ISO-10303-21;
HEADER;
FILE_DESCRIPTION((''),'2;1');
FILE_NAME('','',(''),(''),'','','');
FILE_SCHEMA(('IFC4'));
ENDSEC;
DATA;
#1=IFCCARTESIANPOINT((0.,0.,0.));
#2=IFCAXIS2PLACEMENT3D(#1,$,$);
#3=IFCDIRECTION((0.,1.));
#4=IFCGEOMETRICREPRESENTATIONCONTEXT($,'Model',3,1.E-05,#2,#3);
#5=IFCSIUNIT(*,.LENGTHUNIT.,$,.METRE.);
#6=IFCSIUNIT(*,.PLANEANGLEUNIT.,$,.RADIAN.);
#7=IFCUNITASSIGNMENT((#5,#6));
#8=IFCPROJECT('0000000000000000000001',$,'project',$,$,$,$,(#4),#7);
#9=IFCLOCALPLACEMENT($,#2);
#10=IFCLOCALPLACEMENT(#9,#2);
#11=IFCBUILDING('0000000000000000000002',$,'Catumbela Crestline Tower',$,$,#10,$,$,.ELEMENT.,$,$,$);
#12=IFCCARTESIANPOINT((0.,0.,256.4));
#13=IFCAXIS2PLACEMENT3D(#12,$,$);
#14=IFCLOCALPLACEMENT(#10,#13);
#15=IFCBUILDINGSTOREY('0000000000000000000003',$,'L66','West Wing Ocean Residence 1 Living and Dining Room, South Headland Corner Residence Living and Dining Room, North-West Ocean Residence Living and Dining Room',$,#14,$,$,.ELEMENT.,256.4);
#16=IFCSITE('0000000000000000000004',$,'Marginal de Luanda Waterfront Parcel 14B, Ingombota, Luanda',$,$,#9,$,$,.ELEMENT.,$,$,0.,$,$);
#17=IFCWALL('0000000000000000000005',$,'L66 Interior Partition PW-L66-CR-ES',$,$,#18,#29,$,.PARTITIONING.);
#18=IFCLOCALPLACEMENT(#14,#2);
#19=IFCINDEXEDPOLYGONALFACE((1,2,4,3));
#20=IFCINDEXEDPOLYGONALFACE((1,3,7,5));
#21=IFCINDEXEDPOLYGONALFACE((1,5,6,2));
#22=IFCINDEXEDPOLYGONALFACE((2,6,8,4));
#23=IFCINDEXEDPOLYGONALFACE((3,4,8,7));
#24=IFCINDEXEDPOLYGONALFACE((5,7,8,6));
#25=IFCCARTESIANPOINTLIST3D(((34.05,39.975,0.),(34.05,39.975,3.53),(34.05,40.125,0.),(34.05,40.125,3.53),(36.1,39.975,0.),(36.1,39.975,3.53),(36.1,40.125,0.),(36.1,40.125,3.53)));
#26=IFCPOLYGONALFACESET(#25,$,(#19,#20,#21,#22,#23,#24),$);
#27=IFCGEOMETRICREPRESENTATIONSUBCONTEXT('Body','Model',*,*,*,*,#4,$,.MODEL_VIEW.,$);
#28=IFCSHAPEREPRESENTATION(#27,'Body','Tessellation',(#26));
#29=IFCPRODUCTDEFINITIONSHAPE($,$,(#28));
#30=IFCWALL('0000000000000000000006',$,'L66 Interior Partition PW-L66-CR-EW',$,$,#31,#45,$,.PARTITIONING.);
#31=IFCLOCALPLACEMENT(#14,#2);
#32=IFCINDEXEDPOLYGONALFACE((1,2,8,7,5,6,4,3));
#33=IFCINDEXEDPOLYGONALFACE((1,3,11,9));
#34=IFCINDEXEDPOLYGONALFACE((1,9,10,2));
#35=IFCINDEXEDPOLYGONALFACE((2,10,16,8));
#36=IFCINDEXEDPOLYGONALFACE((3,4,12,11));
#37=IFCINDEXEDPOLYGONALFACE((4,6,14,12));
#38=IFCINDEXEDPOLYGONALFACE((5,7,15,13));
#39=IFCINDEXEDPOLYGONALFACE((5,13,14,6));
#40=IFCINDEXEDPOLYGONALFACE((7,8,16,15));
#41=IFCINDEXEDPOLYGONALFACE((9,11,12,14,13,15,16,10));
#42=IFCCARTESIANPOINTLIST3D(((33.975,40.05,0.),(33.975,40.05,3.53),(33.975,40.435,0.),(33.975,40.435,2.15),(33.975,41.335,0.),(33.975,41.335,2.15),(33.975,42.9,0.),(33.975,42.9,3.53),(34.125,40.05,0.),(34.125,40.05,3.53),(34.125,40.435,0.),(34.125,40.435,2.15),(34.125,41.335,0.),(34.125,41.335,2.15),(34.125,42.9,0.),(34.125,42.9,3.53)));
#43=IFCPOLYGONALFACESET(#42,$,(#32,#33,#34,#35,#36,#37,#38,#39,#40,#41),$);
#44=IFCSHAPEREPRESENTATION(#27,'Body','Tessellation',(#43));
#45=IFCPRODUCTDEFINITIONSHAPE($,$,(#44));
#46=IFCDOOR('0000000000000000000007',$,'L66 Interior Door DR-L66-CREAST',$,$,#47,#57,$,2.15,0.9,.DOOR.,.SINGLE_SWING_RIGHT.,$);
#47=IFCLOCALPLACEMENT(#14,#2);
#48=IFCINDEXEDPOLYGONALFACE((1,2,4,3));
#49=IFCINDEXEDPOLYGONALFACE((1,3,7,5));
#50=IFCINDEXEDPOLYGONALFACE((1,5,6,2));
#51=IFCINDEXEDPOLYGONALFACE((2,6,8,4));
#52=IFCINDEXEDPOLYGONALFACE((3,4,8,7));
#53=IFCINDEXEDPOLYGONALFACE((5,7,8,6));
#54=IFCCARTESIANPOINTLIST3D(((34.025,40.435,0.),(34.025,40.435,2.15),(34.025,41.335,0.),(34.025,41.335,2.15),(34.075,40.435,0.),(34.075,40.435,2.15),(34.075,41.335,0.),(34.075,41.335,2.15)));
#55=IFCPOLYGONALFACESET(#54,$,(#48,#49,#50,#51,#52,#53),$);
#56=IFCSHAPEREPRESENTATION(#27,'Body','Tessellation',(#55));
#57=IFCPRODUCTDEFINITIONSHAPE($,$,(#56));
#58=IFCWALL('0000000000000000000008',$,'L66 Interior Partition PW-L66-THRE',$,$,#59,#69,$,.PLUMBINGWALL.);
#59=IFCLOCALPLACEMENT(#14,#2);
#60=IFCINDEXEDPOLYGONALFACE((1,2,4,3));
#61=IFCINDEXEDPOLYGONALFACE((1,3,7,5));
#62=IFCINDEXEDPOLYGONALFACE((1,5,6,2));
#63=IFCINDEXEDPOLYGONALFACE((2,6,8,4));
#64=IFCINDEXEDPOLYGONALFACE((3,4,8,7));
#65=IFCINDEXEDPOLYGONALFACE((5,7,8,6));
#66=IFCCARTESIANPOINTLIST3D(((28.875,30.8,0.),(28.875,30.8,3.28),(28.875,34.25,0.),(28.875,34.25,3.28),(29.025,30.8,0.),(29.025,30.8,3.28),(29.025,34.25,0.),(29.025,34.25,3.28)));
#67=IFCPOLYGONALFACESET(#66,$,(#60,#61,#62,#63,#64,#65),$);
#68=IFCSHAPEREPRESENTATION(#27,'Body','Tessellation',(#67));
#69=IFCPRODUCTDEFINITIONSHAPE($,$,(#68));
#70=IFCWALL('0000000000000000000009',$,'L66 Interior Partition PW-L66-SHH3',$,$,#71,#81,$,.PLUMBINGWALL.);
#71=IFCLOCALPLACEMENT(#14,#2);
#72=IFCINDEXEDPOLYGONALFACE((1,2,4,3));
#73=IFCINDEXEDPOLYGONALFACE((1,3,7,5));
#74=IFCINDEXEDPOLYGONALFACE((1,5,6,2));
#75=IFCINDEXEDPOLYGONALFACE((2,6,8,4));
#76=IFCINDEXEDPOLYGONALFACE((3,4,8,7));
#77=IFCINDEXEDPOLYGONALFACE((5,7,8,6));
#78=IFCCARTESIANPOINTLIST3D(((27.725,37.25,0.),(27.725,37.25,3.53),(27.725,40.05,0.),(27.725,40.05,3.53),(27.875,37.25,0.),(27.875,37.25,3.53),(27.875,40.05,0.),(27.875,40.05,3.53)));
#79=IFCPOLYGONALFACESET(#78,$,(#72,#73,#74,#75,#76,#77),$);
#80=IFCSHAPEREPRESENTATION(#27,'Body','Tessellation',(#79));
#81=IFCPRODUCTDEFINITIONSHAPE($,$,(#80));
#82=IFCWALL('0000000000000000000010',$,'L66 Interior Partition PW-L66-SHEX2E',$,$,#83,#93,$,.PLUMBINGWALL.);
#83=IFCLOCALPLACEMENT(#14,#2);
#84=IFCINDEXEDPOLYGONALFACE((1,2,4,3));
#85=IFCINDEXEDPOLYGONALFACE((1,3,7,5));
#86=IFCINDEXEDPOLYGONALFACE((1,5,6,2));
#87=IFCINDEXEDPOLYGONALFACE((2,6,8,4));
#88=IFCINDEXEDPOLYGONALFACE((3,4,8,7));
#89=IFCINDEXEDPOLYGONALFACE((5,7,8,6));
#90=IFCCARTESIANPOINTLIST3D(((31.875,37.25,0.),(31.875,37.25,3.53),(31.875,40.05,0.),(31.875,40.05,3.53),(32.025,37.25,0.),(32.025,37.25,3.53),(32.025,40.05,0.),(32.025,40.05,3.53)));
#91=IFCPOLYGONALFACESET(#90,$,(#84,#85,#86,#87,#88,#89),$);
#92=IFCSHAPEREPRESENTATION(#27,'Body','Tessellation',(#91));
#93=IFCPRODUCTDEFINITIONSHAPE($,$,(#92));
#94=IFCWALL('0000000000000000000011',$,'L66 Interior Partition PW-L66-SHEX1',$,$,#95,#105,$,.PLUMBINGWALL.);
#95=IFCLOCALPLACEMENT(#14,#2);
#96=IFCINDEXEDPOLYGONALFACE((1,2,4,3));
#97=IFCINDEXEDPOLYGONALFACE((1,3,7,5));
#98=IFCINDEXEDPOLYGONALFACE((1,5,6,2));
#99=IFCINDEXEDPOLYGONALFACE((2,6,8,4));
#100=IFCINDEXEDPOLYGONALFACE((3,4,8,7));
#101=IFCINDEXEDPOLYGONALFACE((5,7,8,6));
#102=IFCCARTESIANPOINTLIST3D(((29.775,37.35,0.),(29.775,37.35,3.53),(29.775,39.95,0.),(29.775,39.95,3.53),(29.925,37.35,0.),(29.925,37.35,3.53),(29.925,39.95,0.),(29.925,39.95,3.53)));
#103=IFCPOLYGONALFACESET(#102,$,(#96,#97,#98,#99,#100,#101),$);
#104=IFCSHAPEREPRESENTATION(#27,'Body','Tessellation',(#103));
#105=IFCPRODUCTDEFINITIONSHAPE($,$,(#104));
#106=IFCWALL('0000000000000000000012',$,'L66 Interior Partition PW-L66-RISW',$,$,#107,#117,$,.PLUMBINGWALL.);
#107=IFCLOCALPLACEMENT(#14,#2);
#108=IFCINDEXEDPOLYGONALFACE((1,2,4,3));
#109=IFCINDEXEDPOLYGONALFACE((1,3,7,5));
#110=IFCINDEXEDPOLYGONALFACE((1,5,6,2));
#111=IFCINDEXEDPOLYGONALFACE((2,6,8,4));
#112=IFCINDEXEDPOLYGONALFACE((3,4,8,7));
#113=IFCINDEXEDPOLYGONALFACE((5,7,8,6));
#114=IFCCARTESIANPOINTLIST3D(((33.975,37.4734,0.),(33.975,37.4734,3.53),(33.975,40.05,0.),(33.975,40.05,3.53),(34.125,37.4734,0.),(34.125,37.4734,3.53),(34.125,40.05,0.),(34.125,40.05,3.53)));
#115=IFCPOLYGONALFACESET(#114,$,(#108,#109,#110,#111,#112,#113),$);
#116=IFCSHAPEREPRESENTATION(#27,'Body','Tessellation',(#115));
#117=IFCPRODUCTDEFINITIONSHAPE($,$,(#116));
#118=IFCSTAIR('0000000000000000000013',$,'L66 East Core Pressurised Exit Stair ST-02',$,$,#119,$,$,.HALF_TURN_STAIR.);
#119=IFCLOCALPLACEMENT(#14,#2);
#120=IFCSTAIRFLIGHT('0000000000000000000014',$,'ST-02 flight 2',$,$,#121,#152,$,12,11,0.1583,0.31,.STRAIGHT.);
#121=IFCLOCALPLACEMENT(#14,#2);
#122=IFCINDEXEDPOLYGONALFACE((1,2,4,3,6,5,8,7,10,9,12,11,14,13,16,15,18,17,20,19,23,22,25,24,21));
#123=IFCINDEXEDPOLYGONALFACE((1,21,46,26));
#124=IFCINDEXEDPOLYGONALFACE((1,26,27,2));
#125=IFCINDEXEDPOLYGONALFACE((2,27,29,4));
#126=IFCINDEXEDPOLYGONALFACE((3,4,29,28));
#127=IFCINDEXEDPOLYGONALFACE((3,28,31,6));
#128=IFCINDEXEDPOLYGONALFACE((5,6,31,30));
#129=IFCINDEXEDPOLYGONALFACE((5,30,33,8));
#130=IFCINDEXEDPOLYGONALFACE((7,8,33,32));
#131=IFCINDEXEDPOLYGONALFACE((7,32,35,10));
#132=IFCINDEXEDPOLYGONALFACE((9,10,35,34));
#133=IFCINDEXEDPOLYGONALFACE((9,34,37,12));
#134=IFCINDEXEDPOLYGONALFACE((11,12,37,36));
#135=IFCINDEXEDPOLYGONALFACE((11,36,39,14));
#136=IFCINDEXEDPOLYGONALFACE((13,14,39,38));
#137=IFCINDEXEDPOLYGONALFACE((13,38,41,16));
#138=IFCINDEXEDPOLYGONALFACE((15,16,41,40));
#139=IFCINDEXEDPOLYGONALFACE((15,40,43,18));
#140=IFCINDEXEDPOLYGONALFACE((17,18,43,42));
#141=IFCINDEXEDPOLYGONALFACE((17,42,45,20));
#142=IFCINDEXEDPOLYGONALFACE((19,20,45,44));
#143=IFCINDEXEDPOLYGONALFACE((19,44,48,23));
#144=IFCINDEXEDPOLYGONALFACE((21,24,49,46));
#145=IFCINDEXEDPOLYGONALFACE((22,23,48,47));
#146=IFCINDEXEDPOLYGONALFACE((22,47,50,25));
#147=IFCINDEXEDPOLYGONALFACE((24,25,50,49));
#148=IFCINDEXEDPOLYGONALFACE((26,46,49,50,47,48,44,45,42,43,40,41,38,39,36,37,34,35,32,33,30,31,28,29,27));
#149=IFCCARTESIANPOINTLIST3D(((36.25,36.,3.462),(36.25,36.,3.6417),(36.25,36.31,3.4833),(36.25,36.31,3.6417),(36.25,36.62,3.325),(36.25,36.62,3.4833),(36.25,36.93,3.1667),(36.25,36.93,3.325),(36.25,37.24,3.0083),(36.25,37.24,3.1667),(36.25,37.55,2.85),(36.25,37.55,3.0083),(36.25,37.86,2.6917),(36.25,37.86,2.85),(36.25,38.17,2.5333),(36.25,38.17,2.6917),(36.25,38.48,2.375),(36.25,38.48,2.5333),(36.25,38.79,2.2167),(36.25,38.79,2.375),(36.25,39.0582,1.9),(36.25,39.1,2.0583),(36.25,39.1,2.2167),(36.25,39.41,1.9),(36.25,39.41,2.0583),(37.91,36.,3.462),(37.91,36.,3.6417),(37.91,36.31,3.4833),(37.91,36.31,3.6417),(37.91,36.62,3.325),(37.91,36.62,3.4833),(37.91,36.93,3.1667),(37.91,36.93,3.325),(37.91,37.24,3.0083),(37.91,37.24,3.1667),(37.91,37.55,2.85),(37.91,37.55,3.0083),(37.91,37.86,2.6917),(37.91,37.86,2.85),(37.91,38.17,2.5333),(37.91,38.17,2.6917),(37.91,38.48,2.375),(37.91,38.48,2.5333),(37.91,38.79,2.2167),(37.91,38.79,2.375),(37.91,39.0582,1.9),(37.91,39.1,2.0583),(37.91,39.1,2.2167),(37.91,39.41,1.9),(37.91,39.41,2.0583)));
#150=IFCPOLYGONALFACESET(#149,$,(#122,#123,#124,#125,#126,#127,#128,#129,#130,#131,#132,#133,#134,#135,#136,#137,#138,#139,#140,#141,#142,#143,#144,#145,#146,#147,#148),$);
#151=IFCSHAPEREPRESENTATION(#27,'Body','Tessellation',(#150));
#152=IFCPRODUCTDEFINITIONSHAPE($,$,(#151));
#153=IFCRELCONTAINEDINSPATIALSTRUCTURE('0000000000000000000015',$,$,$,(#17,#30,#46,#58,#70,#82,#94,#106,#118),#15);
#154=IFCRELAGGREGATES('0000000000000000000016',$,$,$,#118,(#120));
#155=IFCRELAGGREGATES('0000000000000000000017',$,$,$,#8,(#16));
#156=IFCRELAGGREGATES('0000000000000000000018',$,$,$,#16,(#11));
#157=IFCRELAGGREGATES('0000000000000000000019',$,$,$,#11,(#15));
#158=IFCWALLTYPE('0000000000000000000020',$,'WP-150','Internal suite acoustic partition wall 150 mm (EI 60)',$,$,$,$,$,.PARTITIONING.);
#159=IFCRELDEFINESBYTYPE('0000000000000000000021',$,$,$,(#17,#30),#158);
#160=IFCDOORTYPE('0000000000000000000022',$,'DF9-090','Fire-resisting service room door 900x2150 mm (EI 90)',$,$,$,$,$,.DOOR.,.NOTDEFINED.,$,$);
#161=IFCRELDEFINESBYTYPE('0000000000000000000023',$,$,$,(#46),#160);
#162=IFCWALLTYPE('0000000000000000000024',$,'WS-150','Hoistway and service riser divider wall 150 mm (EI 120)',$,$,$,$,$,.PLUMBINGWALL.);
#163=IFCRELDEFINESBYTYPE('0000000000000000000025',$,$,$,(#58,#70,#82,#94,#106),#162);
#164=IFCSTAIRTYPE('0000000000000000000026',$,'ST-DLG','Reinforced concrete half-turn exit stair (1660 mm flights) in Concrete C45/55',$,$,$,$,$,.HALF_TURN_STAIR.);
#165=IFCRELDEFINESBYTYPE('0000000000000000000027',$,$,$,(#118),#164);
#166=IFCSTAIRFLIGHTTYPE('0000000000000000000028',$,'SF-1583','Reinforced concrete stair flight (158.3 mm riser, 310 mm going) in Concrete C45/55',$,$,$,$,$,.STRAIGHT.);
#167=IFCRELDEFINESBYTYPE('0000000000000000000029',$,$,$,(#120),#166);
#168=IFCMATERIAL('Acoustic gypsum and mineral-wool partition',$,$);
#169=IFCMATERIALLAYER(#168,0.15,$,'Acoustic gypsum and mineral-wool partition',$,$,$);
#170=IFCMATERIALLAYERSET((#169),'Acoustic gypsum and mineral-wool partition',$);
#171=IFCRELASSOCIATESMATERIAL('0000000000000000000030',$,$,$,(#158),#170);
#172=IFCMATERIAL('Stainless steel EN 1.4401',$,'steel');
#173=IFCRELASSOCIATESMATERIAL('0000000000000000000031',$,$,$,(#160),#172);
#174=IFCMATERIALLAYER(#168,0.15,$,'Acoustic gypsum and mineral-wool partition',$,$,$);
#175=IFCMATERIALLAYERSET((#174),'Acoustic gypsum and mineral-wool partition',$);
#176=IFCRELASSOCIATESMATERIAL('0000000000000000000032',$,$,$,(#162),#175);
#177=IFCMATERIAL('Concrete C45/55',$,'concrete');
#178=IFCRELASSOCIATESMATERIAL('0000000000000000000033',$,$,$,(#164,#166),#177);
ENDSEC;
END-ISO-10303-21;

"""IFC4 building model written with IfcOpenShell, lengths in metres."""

from ifc_helpers import new_model, si_unit, direction, frame, frame_2d, origin, place, context, subcontext, project, spatial, polyline, rectangle, outline, extrude, material, layer, layer_set, type_object, element, fill, aggregate, save


model = new_model("IFC4")

# Units and contexts
model_context = context("Model", 3, precision=1e-05, world=origin(), true_north=direction((0.0, 1.0)))
body_context = subcontext(model_context, "Body", "Model", "MODEL_VIEW")
ifc_project = project(units=[si_unit("LENGTHUNIT", "METRE"), si_unit("PLANEANGLEUNIT", "RADIAN")], contexts=[model_context])

# Site, building, storey
site_placement = place(None, origin())
site = spatial("IfcSite", under=ifc_project, at=site_placement, Name="Marginal de Luanda Waterfront Parcel 14B, Ingombota, Luanda", CompositionType="ELEMENT", RefElevation=0.0)
building_placement = place(site_placement, origin())
building = spatial("IfcBuilding", under=site, at=building_placement, Name="Catumbela Crestline Tower", CompositionType="ELEMENT")
storey_placement = place(building_placement, frame((0.0, 0.0, 256.4)))
storey = spatial("IfcBuildingStorey", under=building, at=storey_placement, Name="L66", Description="West Wing Ocean Residence 1 Living and Dining Room, South Headland Corner Residence Living and Dining Room, North-West Ocean Residence Living and Dining Room", CompositionType="ELEMENT", Elevation=256.4)

# Shared definitions
ifc_material_1 = material(Name="Stainless steel EN 1.4401", Category="steel")

# Shared definitions
ifc_material_2 = material(Name="Concrete C45/55", Category="concrete")
ifc_material_3 = material(Name="Acoustic gypsum and mineral-wool partition")

# Wall
ifc_layer_1 = layer(ifc_material_3, 0.15, Name="Acoustic gypsum and mineral-wool partition")
ifc_layer_set_1 = layer_set([ifc_layer_1], Name="Acoustic gypsum and mineral-wool partition")
wall_type_1 = type_object("IfcWallType", Name="WP-150", Description="Internal suite acoustic partition wall 150 mm (EI 60)", PredefinedType="PARTITIONING", material=ifc_layer_set_1)
wall_1_placement = place(storey_placement, frame((34.05, 40.05, 0.0), z_axis=(0.0, 0.0, 1.0), x_axis=(1.0, 0.0, 0.0)))
element("IfcWall", 1, at=wall_1_placement, inside=storey, type_object=wall_type_1, Name="L66 Interior Partition PW-L66-CR-ES", PredefinedType="PARTITIONING", context=body_context, shape_type="SweptSolid", body=[
    extrude(rectangle(XDim=2.05, YDim=0.15, at=frame_2d((1.025, 0.0))), origin(), (0.0, 0.0, 1.0), 3.53),
])

# Wall, opening, door
wall_2_placement = place(storey_placement, frame((34.05, 40.05, 0.0), z_axis=(0.0, 0.0, 1.0), x_axis=(0.0, 1.0, 0.0)))
wall_2 = element("IfcWall", 2, at=wall_2_placement, inside=storey, type_object=wall_type_1, Name="L66 Interior Partition PW-L66-CR-EW", PredefinedType="PARTITIONING", context=body_context, shape_type="SweptSolid", body=[
    extrude(rectangle(XDim=2.85, YDim=0.15, at=frame_2d((1.425, 0.0))), origin(), (0.0, 0.0, 1.0), 3.53),
])
opening_1_placement = place(wall_2_placement, frame((0.385, 0.0, 0.0)))
opening_1 = element("IfcOpeningElement", 3, at=opening_1_placement, cuts=wall_2, PredefinedType="OPENING", context=body_context, shape_type="SweptSolid", body=[
    extrude(rectangle(XDim=0.9, YDim=2.15, at=frame_2d((0.45, 1.075))), frame((0.0, 0.085, 0.0), z_axis=(0.0, -1.0, 0.0), x_axis=(1.0, 0.0, 0.0)), (0.0, 0.0, 1.0), 0.17),
])
door_type_1 = type_object("IfcDoorType", Name="DF9-090", Description="Fire-resisting service room door 900x2150 mm (EI 90)", OperationType="NOTDEFINED", PredefinedType="DOOR", material=ifc_material_1)
door_1_placement = place(opening_1_placement, origin())
door_1 = element("IfcDoor", 4, at=door_1_placement, inside=storey, type_object=door_type_1, Name="L66 Interior Door DR-L66-CREAST", OperationType="SINGLE_SWING_RIGHT", OverallHeight=2.15, OverallWidth=0.9, PredefinedType="DOOR", context=body_context, shape_type="SweptSolid", body=[
    extrude(rectangle(XDim=0.9, YDim=2.15, at=frame_2d((0.45, 1.075))), frame((0.0, 0.025, 0.0), z_axis=(0.0, -1.0, 0.0), x_axis=(1.0, 0.0, 0.0)), (0.0, 0.0, 1.0), 0.05),
])
fill(opening_1, door_1)

# Walls
ifc_layer_2 = layer(ifc_material_3, 0.15, Name="Acoustic gypsum and mineral-wool partition")
ifc_layer_set_2 = layer_set([ifc_layer_2], Name="Acoustic gypsum and mineral-wool partition")
wall_type_2 = type_object("IfcWallType", Name="WS-150", Description="Hoistway and service riser divider wall 150 mm (EI 120)", PredefinedType="PLUMBINGWALL", material=ifc_layer_set_2)
wall_3_placement = place(storey_placement, frame((28.95, 30.8, 0.0), z_axis=(0.0, 0.0, 1.0), x_axis=(0.0, 1.0, 0.0)))
element("IfcWall", 5, at=wall_3_placement, inside=storey, type_object=wall_type_2, Name="L66 Interior Partition PW-L66-THRE", PredefinedType="PLUMBINGWALL", context=body_context, shape_type="SweptSolid", body=[
    extrude(rectangle(XDim=3.45, YDim=0.15, at=frame_2d((1.725, 0.0))), origin(), (0.0, 0.0, 1.0), 3.28),
])
for number, where, z_axis, x_axis, name in (
    (6, (27.8, 37.25, 0.0), (0.0, 0.0, 1.0), (0.0, 1.0, 0.0), "L66 Interior Partition PW-L66-SHH3"),
    (7, (31.95, 37.25, 0.0), (0.0, 0.0, 1.0), (0.0, 1.0, 0.0), "L66 Interior Partition PW-L66-SHEX2E"),
):
    element("IfcWall", number, at=place(storey_placement, frame(where, z_axis=z_axis, x_axis=x_axis)), inside=storey, type_object=wall_type_2, Name=name, PredefinedType="PLUMBINGWALL", context=body_context, shape_type="SweptSolid", body=[
        extrude(rectangle(XDim=2.8, YDim=0.15, at=frame_2d((1.4, 0.0))), origin(), (0.0, 0.0, 1.0), 3.53),
    ])
wall_4_placement = place(storey_placement, frame((29.85, 37.35, 0.0), z_axis=(0.0, 0.0, 1.0), x_axis=(0.0, 1.0, 0.0)))
element("IfcWall", 8, at=wall_4_placement, inside=storey, type_object=wall_type_2, Name="L66 Interior Partition PW-L66-SHEX1", PredefinedType="PLUMBINGWALL", context=body_context, shape_type="SweptSolid", body=[
    extrude(rectangle(XDim=2.6, YDim=0.15, at=frame_2d((1.3, 0.0))), origin(), (0.0, 0.0, 1.0), 3.53),
])
wall_5_placement = place(storey_placement, frame((34.05, 37.4734, 0.0), z_axis=(0.0, 0.0, 1.0), x_axis=(0.0, 1.0, 0.0)))
element("IfcWall", 9, at=wall_5_placement, inside=storey, type_object=wall_type_2, Name="L66 Interior Partition PW-L66-RISW", PredefinedType="PLUMBINGWALL", context=body_context, shape_type="SweptSolid", body=[
    extrude(rectangle(XDim=2.5766, YDim=0.15, at=frame_2d((1.2883, 0.0))), origin(), (0.0, 0.0, 1.0), 3.53),
])

# Stair, stair flight
stair_type = type_object("IfcStairType", Name="ST-DLG", Description="Reinforced concrete half-turn exit stair (1660 mm flights) in Concrete C45/55", PredefinedType="HALF_TURN_STAIR", material=ifc_material_2)
stair_placement = place(storey_placement, origin())
stair = element("IfcStair", 10, at=stair_placement, inside=storey, type_object=stair_type, Name="L66 East Core Pressurised Exit Stair ST-02", PredefinedType="HALF_TURN_STAIR")
stair_flight_type = type_object("IfcStairFlightType", Name="SF-1583", Description="Reinforced concrete stair flight (158.3 mm riser, 310 mm going) in Concrete C45/55", PredefinedType="STRAIGHT", material=ifc_material_2)
stair_flight_placement = place(storey_placement, frame((37.08, 39.41, 1.9), z_axis=(0.0, 0.0, 1.0), x_axis=(0.0, -1.0, 0.0)))
stair_flight = element("IfcStairFlight", 11, at=stair_flight_placement, type_object=stair_flight_type, Name="ST-02 flight 2", NumberOfRisers=12, NumberOfTreads=11, PredefinedType="STRAIGHT", RiserHeight=0.1583, TreadLength=0.31, context=body_context, shape_type="SweptSolid", body=[
    extrude(outline(polyline([(0.0, 0.0), (0.0, 0.1583), (0.31, 0.1583), (0.31, 0.3167), (0.62, 0.3167), (0.62, 0.475), (0.93, 0.475), (0.93, 0.6333), (1.24, 0.6333), (1.24, 0.7917), (1.55, 0.7917), (1.55, 0.95), (1.86, 0.95), (1.86, 1.1083), (2.17, 1.1083), (2.17, 1.2667), (2.48, 1.2667), (2.48, 1.425), (2.79, 1.425), (2.79, 1.5833), (3.1, 1.5833), (3.1, 1.7417), (3.41, 1.7417), (3.41, 1.9), (3.41, 1.562), (0.3518, 0.0), (0.0, 0.0)])), frame((0.0, 0.83, 0.0), z_axis=(0.0, -1.0, 0.0), x_axis=(1.0, 0.0, 0.0)), (0.0, 0.0, 1.0), 1.66),
])
aggregate(stair, [stair_flight])

save(model, "model.ifc")
